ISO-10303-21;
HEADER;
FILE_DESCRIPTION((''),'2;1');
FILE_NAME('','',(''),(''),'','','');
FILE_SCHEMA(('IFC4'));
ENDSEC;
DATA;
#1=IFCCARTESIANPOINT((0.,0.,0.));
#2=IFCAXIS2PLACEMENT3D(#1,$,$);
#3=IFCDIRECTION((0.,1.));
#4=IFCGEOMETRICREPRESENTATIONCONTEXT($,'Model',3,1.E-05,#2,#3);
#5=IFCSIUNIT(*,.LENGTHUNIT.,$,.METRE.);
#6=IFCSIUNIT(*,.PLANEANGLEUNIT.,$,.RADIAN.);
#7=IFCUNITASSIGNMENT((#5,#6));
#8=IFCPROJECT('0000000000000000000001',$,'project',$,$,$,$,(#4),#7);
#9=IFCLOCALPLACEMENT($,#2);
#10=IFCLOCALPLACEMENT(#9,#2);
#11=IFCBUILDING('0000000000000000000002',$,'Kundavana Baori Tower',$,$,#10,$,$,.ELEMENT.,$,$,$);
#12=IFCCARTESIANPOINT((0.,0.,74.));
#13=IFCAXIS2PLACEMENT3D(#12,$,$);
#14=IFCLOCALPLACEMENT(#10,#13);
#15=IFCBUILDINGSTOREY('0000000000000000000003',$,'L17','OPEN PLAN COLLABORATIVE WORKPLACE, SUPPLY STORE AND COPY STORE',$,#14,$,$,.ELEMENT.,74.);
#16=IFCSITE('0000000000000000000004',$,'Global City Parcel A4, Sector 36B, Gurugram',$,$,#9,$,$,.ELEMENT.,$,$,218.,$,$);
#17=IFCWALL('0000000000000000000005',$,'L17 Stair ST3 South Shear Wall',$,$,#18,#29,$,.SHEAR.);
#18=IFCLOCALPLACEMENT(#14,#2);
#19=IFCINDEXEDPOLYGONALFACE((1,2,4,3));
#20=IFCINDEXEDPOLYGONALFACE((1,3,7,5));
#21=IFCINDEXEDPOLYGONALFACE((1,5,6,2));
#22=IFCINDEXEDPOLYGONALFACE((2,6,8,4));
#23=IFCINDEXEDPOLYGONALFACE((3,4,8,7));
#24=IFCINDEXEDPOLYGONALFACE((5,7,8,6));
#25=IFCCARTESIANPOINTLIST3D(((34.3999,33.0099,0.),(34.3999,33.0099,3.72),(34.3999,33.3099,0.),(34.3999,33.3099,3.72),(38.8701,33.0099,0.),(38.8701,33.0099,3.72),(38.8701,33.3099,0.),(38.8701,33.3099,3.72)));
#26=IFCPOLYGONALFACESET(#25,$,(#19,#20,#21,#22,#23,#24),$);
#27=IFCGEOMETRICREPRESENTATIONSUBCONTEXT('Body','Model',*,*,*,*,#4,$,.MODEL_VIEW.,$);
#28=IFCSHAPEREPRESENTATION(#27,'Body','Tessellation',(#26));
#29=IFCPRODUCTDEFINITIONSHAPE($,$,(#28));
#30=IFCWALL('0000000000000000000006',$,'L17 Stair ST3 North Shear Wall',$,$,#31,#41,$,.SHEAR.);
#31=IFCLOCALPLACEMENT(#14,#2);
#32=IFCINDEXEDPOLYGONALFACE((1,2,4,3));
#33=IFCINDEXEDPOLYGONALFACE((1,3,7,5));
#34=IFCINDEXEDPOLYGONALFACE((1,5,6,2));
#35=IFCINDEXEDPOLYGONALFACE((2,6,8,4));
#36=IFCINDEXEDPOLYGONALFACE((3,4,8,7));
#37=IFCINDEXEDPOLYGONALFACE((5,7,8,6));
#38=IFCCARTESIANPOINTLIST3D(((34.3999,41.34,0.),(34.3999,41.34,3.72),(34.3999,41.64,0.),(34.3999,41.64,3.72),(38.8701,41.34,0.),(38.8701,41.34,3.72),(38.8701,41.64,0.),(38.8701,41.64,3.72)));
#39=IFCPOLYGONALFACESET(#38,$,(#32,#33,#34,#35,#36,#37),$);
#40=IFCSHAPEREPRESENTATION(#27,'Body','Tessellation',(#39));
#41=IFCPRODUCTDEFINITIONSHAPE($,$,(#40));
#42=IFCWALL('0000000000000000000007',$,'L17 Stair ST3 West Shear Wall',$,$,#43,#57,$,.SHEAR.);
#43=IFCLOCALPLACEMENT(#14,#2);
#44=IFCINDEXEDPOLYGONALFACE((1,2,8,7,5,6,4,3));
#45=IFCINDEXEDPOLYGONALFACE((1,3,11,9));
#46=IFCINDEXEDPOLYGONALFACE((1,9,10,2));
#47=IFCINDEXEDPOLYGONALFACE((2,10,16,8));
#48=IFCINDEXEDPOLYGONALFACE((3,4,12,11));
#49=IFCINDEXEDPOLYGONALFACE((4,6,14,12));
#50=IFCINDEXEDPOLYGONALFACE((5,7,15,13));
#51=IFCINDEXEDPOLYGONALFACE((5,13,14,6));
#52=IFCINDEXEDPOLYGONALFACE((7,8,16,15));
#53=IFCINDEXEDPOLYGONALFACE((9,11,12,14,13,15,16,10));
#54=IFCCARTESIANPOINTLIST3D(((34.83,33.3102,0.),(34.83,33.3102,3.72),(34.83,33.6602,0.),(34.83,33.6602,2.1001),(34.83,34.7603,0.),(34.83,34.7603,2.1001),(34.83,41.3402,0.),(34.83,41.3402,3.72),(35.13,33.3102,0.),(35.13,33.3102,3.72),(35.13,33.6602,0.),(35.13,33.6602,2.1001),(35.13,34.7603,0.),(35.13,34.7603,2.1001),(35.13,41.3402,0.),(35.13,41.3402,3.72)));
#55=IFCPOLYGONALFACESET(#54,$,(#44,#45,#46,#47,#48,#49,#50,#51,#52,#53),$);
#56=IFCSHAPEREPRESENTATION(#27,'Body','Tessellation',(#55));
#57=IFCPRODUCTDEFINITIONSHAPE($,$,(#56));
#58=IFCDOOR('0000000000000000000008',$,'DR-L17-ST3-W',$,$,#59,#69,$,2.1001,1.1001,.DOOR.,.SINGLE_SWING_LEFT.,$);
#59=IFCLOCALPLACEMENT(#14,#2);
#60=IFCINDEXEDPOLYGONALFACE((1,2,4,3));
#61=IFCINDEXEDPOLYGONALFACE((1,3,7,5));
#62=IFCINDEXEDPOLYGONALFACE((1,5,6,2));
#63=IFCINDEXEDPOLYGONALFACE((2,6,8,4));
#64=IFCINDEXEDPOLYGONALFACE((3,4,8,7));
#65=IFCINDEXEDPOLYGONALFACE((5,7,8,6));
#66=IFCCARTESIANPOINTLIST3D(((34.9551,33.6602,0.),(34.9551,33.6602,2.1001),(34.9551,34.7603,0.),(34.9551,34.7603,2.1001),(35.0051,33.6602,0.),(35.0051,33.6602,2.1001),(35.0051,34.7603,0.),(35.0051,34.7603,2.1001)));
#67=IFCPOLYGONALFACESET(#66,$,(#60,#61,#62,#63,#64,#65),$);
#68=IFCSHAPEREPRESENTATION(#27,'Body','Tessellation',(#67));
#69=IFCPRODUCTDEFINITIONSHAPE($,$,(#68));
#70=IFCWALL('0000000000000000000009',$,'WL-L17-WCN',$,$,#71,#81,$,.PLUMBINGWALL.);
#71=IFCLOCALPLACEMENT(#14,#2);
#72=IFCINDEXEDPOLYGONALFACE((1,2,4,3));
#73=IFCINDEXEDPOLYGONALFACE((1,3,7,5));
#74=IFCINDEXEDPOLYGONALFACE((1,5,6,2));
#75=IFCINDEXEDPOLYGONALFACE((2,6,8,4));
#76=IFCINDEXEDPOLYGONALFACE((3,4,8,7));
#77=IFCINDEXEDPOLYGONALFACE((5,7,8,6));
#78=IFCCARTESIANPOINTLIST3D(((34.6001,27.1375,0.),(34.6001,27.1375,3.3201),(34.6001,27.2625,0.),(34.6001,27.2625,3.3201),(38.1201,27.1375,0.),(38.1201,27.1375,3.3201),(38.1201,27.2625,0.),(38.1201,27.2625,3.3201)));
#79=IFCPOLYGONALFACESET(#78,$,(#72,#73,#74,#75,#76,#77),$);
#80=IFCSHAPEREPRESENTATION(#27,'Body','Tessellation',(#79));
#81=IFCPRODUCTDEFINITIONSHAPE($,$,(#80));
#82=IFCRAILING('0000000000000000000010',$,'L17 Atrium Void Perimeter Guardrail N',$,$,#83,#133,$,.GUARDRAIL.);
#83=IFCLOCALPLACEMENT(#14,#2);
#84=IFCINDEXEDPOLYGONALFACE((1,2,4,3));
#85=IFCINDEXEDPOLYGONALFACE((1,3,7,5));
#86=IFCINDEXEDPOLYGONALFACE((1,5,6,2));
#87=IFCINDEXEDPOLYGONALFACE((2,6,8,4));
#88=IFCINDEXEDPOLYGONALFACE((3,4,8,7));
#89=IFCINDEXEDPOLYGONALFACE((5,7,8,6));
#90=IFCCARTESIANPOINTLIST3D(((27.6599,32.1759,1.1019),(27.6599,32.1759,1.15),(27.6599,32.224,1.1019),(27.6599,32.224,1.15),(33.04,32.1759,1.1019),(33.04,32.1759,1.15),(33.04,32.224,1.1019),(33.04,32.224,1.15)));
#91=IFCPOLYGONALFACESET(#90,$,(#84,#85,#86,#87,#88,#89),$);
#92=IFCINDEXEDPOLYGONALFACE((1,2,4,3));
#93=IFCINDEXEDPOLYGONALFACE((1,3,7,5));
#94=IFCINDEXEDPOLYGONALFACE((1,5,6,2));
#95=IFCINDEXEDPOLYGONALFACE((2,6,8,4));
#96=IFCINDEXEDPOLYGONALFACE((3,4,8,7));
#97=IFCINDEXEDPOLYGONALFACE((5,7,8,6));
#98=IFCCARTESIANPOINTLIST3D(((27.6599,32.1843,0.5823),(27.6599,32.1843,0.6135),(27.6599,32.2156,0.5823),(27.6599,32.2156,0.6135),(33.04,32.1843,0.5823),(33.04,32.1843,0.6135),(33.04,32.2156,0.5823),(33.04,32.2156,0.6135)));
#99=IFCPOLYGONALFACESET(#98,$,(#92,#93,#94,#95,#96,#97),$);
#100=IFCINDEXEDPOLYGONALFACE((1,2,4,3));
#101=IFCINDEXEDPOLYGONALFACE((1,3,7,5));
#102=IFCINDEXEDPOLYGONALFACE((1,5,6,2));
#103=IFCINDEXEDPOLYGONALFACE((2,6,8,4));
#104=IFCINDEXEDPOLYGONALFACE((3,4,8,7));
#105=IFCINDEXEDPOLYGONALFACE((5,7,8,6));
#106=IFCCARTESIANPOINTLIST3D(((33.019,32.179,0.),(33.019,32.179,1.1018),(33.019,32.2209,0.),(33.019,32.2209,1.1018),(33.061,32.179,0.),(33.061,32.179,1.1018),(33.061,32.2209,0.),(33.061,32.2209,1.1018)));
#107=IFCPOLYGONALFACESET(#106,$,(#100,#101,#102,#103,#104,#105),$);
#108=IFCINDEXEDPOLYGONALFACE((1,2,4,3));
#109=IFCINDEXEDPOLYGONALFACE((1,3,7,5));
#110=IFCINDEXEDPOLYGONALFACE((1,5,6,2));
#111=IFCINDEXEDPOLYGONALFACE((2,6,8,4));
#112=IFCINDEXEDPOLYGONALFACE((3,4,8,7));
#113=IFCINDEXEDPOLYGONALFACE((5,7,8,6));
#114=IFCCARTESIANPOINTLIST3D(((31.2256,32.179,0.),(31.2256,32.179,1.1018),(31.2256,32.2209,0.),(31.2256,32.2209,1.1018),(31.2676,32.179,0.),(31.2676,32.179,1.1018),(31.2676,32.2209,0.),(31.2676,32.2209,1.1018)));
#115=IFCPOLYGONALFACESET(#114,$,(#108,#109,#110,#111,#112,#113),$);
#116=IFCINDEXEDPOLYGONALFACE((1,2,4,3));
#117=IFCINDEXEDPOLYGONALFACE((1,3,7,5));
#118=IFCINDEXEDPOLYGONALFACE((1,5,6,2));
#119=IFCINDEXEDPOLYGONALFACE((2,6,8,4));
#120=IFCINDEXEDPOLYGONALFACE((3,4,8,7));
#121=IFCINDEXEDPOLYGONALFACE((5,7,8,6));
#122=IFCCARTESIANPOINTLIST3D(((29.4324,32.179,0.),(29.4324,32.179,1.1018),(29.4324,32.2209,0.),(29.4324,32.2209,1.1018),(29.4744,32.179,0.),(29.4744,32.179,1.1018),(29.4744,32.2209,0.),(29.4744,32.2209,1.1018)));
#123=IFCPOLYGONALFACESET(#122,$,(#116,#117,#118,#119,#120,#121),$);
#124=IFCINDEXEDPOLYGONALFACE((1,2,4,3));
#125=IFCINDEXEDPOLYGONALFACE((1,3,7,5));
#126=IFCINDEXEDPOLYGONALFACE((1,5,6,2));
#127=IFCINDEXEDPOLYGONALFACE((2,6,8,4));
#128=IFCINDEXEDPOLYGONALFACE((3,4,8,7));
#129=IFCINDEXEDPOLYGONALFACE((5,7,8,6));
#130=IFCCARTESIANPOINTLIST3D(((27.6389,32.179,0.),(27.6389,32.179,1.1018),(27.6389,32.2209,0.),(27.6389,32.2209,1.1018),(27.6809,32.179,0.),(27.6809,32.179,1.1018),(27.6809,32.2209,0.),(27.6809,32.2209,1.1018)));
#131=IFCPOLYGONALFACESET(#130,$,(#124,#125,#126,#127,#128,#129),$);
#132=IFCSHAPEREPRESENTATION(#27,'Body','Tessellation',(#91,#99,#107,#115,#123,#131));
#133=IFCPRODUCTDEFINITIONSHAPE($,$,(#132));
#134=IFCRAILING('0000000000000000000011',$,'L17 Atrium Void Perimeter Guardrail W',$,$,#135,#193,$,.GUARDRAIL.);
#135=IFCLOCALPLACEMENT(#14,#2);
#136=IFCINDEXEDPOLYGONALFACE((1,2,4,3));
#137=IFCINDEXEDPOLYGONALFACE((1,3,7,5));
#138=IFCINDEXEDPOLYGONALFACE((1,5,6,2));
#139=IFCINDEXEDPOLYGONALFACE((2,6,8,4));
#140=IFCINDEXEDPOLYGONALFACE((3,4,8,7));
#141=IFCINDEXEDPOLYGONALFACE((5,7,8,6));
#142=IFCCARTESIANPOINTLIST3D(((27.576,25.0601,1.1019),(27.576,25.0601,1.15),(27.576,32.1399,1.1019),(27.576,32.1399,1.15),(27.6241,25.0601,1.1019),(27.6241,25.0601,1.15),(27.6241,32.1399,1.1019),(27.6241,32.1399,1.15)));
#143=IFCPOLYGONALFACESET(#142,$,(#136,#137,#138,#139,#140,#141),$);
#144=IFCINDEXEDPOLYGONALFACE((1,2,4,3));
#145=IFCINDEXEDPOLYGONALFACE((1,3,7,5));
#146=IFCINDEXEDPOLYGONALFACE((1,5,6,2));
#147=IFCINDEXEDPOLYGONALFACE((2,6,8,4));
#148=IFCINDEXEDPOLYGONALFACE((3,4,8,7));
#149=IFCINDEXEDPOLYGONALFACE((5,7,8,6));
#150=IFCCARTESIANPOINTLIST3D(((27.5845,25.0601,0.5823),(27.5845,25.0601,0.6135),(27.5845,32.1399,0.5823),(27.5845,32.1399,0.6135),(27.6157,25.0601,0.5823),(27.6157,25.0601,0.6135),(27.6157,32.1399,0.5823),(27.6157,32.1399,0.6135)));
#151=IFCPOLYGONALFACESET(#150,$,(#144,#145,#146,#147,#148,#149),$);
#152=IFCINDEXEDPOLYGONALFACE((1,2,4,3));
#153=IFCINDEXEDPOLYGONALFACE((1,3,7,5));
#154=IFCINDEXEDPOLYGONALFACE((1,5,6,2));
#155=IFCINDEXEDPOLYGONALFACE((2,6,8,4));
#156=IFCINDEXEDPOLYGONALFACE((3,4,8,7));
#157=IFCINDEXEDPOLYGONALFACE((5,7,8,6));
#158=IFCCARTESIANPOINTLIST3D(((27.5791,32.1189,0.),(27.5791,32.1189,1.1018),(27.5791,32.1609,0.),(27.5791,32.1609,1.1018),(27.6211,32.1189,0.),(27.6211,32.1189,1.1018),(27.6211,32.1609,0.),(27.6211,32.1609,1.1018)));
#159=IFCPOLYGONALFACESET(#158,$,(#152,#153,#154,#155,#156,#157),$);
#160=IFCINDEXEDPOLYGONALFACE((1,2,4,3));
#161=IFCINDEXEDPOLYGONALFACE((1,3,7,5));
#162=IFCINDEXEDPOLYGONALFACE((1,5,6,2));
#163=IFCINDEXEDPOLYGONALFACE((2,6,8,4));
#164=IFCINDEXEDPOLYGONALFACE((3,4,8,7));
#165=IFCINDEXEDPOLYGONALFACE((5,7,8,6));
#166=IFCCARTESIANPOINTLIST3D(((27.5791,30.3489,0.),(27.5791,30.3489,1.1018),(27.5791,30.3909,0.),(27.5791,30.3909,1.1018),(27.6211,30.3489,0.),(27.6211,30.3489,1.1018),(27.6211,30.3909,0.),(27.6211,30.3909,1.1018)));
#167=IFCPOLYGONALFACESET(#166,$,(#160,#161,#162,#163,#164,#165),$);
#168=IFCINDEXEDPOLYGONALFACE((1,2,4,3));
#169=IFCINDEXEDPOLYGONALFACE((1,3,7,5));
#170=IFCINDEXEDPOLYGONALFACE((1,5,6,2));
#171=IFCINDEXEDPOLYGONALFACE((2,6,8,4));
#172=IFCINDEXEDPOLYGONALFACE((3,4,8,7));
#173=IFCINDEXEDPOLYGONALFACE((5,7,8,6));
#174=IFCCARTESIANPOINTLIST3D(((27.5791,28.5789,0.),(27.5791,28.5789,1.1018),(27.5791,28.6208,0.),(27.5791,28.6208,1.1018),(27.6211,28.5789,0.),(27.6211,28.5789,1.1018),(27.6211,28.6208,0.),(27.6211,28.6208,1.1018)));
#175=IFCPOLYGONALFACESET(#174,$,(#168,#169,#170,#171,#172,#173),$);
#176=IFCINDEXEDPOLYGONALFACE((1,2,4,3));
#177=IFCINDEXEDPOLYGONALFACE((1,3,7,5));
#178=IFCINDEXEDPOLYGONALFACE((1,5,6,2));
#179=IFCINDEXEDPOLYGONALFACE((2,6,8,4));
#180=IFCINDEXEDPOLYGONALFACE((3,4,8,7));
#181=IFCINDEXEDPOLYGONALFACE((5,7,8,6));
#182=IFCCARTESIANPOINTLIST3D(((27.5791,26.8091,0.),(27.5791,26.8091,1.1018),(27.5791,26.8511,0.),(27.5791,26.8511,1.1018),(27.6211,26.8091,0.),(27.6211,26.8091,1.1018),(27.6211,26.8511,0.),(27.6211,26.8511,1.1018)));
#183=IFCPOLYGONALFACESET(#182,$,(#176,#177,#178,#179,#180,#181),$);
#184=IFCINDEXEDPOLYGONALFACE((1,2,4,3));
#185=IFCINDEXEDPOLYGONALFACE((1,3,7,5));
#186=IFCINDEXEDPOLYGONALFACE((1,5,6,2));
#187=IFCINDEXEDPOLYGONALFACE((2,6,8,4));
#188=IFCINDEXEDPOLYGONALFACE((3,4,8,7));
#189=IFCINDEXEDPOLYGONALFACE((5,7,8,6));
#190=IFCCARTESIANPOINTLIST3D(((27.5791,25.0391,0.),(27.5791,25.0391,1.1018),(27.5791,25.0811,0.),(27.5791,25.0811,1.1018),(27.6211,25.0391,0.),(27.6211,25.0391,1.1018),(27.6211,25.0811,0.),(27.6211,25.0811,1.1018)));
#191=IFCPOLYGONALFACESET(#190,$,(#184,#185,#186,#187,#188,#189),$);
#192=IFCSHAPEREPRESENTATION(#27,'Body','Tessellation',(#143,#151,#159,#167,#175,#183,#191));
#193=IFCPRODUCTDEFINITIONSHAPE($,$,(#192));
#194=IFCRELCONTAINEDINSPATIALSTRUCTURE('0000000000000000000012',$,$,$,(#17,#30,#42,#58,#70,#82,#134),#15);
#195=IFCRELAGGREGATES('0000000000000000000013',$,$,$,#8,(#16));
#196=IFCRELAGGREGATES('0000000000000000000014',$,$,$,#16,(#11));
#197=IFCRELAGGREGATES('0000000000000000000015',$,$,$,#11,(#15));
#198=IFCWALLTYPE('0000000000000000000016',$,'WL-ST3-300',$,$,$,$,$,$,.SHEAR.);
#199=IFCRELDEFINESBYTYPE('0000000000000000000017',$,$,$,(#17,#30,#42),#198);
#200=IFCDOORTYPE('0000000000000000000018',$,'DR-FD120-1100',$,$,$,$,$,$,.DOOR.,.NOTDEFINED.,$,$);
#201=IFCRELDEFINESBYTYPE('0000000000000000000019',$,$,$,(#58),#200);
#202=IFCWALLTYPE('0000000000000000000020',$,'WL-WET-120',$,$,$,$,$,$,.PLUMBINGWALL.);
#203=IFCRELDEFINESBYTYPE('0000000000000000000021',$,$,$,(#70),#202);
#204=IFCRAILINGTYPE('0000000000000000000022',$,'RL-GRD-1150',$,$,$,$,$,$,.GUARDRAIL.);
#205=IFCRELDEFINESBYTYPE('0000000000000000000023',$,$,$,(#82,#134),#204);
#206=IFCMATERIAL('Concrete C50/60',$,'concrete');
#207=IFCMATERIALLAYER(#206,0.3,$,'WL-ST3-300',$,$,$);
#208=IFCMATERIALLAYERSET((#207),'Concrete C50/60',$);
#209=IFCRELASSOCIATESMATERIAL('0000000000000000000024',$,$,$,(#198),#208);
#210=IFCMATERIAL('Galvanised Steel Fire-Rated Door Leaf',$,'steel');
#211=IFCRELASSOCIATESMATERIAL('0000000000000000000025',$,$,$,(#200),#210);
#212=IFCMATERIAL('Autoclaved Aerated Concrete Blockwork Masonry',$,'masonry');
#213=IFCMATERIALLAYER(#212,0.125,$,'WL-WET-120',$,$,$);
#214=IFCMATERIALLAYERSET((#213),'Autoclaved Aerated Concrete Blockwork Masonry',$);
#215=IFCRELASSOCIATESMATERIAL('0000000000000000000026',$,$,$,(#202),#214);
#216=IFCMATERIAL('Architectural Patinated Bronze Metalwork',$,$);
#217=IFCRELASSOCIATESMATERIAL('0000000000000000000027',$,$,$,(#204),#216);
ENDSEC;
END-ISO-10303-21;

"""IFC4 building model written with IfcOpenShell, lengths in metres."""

from ifc_helpers import new_model, si_unit, direction, frame, frame_2d, origin, origin_2d, place, context, subcontext, project, spatial, rectangle, extrude, material, layer, layer_set, type_object, element, fill, save


model = new_model("IFC4")

# Units and contexts
model_context = context("Model", 3, precision=1e-05, world=origin(), true_north=direction((0.0, 1.0)))
body_context = subcontext(model_context, "Body", "Model", "MODEL_VIEW")
ifc_project = project(units=[si_unit("LENGTHUNIT", "METRE"), si_unit("PLANEANGLEUNIT", "RADIAN")], contexts=[model_context])

# Site, building, storey
site_placement = place(None, origin())
site = spatial("IfcSite", under=ifc_project, at=site_placement, Name="Global City Parcel A4, Sector 36B, Gurugram", CompositionType="ELEMENT", RefElevation=218.0)
building_placement = place(site_placement, origin())
building = spatial("IfcBuilding", under=site, at=building_placement, Name="Kundavana Baori Tower", CompositionType="ELEMENT")
storey_placement = place(building_placement, frame((0.0, 0.0, 74.0)))
storey = spatial("IfcBuildingStorey", under=building, at=storey_placement, Name="L17", Description="OPEN PLAN COLLABORATIVE WORKPLACE, SUPPLY STORE AND COPY STORE", CompositionType="ELEMENT", Elevation=74.0)

# Walls
ifc_material_1 = material(Name="Concrete C50/60", Category="concrete")
ifc_layer_1 = layer(ifc_material_1, 0.3, Name="WL-ST3-300")
ifc_layer_set_1 = layer_set([ifc_layer_1], Name="Concrete C50/60")
wall_type_1 = type_object("IfcWallType", Name="WL-ST3-300", PredefinedType="SHEAR", material=ifc_layer_set_1)
for number, where, z_axis, x_axis, name in (
    (1, (34.3999, 33.1599, 0.0), (0.0, 0.0, 1.0), (1.0, 0.0, 0.0), "L17 Stair ST3 South Shear Wall"),
    (2, (34.3999, 41.49, 0.0), (0.0, 0.0, 1.0), (1.0, 0.0, 0.0), "L17 Stair ST3 North Shear Wall"),
):
    element("IfcWall", number, at=place(storey_placement, frame(where, z_axis=z_axis, x_axis=x_axis)), inside=storey, type_object=wall_type_1, Name=name, PredefinedType="SHEAR", context=body_context, shape_type="SweptSolid", body=[
        extrude(rectangle(XDim=4.4702, YDim=0.3, at=frame_2d((2.2351, 0.0))), origin(), (0.0, 0.0, 1.0), 3.72),
    ])

# Wall, opening, door
wall_1_placement = place(storey_placement, frame((34.98, 33.3101, 0.0), z_axis=(0.0, 0.0, 1.0), x_axis=(0.0, 1.0, 0.0)))
wall_1 = element("IfcWall", 3, at=wall_1_placement, inside=storey, type_object=wall_type_1, Name="L17 Stair ST3 West Shear Wall", PredefinedType="SHEAR", context=body_context, shape_type="SweptSolid", body=[
    extrude(rectangle(XDim=8.03, YDim=0.3, at=frame_2d((4.0151, 0.0))), origin(), (0.0, 0.0, 1.0), 3.72),
])
opening_1_placement = place(wall_1_placement, frame((0.3501, 0.0, 0.0)))
opening_1 = element("IfcOpeningElement", 4, at=opening_1_placement, cuts=wall_1, PredefinedType="OPENING", context=body_context, shape_type="SweptSolid", body=[
    extrude(rectangle(XDim=1.1001, YDim=2.1001, at=frame_2d((0.55, 1.05))), frame((0.0, 0.1602, 0.0), z_axis=(0.0, -1.0, 0.0), x_axis=(1.0, 0.0, 0.0)), (0.0, 0.0, 1.0), 0.3201),
])
ifc_material_2 = material(Name="Galvanised Steel Fire-Rated Door Leaf", Category="steel")
door_type_1 = type_object("IfcDoorType", Name="DR-FD120-1100", OperationType="NOTDEFINED", PredefinedType="DOOR", material=ifc_material_2)
door_1_placement = place(opening_1_placement, origin())
door_1 = element("IfcDoor", 5, at=door_1_placement, inside=storey, type_object=door_type_1, Name="DR-L17-ST3-W", OperationType="SINGLE_SWING_LEFT", OverallHeight=2.1001, OverallWidth=1.1001, PredefinedType="DOOR", context=body_context, shape_type="SweptSolid", body=[
    extrude(rectangle(XDim=1.1001, YDim=2.1001, at=frame_2d((0.55, 1.05))), frame((0.0, 0.0249, 0.0), z_axis=(0.0, -1.0, 0.0), x_axis=(1.0, 0.0, 0.0)), (0.0, 0.0, 1.0), 0.05),
])
fill(opening_1, door_1)

# Wall
ifc_material_3 = material(Name="Autoclaved Aerated Concrete Blockwork Masonry", Category="masonry")
ifc_layer_2 = layer(ifc_material_3, 0.125, Name="WL-WET-120")
ifc_layer_set_2 = layer_set([ifc_layer_2], Name="Autoclaved Aerated Concrete Blockwork Masonry")
wall_type_2 = type_object("IfcWallType", Name="WL-WET-120", PredefinedType="PLUMBINGWALL", material=ifc_layer_set_2)
wall_2_placement = place(storey_placement, frame((34.6001, 27.2, 0.0), z_axis=(0.0, 0.0, 1.0), x_axis=(1.0, 0.0, 0.0)))
element("IfcWall", 6, at=wall_2_placement, inside=storey, type_object=wall_type_2, Name="WL-L17-WCN", PredefinedType="PLUMBINGWALL", context=body_context, shape_type="SweptSolid", body=[
    extrude(rectangle(XDim=3.52, YDim=0.125, at=frame_2d((1.76, 0.0))), origin(), (0.0, 0.0, 1.0), 3.3201),
])

# Railings
ifc_material_4 = material(Name="Architectural Patinated Bronze Metalwork")
railing_type_1 = type_object("IfcRailingType", Name="RL-GRD-1150", PredefinedType="GUARDRAIL", material=ifc_material_4)
railing_1_placement = place(storey_placement, frame((33.04, 32.2, 0.0)))
element("IfcRailing", 7, at=railing_1_placement, inside=storey, type_object=railing_type_1, Name="L17 Atrium Void Perimeter Guardrail N", PredefinedType="GUARDRAIL", context=body_context, shape_type="SweptSolid", body=[
    extrude(rectangle(XDim=0.0481, YDim=0.0481, at=origin_2d()), frame((0.0, 0.0, 1.126), z_axis=(-1.0, 0.0, 0.0), x_axis=(0.0, -1.0, 0.0)), (0.0, 0.0, 1.0), 5.3801),
    extrude(rectangle(XDim=0.0312, YDim=0.0312, at=origin_2d()), frame((0.0, 0.0, 0.5979), z_axis=(-1.0, 0.0, 0.0), x_axis=(0.0, -1.0, 0.0)), (0.0, 0.0, 1.0), 5.3801),
    extrude(rectangle(XDim=0.042, YDim=0.042, at=origin_2d()), origin(), (0.0, 0.0, 1.0), 1.1018),
    extrude(rectangle(XDim=0.042, YDim=0.042, at=origin_2d()), frame((-1.7935, 0.0, 0.0)), (0.0, 0.0, 1.0), 1.1018),
    extrude(rectangle(XDim=0.042, YDim=0.042, at=origin_2d()), frame((-3.5867, 0.0, 0.0)), (0.0, 0.0, 1.0), 1.1018),
    extrude(rectangle(XDim=0.042, YDim=0.042, at=origin_2d()), frame((-5.3801, 0.0, 0.0)), (0.0, 0.0, 1.0), 1.1018),
])
railing_2_placement = place(storey_placement, frame((27.6001, 32.1399, 0.0)))
element("IfcRailing", 8, at=railing_2_placement, inside=storey, type_object=railing_type_1, Name="L17 Atrium Void Perimeter Guardrail W", PredefinedType="GUARDRAIL", context=body_context, shape_type="SweptSolid", body=[
    extrude(rectangle(XDim=0.0481, YDim=0.0481, at=origin_2d()), frame((0.0, 0.0, 1.126), z_axis=(0.0, -1.0, 0.0), x_axis=(1.0, 0.0, 0.0)), (0.0, 0.0, 1.0), 7.0798),
    extrude(rectangle(XDim=0.0312, YDim=0.0312, at=origin_2d()), frame((0.0, 0.0, 0.5979), z_axis=(0.0, -1.0, 0.0), x_axis=(1.0, 0.0, 0.0)), (0.0, 0.0, 1.0), 7.0798),
    extrude(rectangle(XDim=0.042, YDim=0.042, at=origin_2d()), origin(), (0.0, 0.0, 1.0), 1.1018),
    extrude(rectangle(XDim=0.042, YDim=0.042, at=origin_2d()), frame((0.0, -1.77, 0.0)), (0.0, 0.0, 1.0), 1.1018),
    extrude(rectangle(XDim=0.042, YDim=0.042, at=origin_2d()), frame((0.0, -3.54, 0.0)), (0.0, 0.0, 1.0), 1.1018),
    extrude(rectangle(XDim=0.042, YDim=0.042, at=origin_2d()), frame((0.0, -5.3098, 0.0)), (0.0, 0.0, 1.0), 1.1018),
    extrude(rectangle(XDim=0.042, YDim=0.042, at=origin_2d()), frame((0.0, -7.0798, 0.0)), (0.0, 0.0, 1.0), 1.1018),
])

save(model, "model.ifc")
